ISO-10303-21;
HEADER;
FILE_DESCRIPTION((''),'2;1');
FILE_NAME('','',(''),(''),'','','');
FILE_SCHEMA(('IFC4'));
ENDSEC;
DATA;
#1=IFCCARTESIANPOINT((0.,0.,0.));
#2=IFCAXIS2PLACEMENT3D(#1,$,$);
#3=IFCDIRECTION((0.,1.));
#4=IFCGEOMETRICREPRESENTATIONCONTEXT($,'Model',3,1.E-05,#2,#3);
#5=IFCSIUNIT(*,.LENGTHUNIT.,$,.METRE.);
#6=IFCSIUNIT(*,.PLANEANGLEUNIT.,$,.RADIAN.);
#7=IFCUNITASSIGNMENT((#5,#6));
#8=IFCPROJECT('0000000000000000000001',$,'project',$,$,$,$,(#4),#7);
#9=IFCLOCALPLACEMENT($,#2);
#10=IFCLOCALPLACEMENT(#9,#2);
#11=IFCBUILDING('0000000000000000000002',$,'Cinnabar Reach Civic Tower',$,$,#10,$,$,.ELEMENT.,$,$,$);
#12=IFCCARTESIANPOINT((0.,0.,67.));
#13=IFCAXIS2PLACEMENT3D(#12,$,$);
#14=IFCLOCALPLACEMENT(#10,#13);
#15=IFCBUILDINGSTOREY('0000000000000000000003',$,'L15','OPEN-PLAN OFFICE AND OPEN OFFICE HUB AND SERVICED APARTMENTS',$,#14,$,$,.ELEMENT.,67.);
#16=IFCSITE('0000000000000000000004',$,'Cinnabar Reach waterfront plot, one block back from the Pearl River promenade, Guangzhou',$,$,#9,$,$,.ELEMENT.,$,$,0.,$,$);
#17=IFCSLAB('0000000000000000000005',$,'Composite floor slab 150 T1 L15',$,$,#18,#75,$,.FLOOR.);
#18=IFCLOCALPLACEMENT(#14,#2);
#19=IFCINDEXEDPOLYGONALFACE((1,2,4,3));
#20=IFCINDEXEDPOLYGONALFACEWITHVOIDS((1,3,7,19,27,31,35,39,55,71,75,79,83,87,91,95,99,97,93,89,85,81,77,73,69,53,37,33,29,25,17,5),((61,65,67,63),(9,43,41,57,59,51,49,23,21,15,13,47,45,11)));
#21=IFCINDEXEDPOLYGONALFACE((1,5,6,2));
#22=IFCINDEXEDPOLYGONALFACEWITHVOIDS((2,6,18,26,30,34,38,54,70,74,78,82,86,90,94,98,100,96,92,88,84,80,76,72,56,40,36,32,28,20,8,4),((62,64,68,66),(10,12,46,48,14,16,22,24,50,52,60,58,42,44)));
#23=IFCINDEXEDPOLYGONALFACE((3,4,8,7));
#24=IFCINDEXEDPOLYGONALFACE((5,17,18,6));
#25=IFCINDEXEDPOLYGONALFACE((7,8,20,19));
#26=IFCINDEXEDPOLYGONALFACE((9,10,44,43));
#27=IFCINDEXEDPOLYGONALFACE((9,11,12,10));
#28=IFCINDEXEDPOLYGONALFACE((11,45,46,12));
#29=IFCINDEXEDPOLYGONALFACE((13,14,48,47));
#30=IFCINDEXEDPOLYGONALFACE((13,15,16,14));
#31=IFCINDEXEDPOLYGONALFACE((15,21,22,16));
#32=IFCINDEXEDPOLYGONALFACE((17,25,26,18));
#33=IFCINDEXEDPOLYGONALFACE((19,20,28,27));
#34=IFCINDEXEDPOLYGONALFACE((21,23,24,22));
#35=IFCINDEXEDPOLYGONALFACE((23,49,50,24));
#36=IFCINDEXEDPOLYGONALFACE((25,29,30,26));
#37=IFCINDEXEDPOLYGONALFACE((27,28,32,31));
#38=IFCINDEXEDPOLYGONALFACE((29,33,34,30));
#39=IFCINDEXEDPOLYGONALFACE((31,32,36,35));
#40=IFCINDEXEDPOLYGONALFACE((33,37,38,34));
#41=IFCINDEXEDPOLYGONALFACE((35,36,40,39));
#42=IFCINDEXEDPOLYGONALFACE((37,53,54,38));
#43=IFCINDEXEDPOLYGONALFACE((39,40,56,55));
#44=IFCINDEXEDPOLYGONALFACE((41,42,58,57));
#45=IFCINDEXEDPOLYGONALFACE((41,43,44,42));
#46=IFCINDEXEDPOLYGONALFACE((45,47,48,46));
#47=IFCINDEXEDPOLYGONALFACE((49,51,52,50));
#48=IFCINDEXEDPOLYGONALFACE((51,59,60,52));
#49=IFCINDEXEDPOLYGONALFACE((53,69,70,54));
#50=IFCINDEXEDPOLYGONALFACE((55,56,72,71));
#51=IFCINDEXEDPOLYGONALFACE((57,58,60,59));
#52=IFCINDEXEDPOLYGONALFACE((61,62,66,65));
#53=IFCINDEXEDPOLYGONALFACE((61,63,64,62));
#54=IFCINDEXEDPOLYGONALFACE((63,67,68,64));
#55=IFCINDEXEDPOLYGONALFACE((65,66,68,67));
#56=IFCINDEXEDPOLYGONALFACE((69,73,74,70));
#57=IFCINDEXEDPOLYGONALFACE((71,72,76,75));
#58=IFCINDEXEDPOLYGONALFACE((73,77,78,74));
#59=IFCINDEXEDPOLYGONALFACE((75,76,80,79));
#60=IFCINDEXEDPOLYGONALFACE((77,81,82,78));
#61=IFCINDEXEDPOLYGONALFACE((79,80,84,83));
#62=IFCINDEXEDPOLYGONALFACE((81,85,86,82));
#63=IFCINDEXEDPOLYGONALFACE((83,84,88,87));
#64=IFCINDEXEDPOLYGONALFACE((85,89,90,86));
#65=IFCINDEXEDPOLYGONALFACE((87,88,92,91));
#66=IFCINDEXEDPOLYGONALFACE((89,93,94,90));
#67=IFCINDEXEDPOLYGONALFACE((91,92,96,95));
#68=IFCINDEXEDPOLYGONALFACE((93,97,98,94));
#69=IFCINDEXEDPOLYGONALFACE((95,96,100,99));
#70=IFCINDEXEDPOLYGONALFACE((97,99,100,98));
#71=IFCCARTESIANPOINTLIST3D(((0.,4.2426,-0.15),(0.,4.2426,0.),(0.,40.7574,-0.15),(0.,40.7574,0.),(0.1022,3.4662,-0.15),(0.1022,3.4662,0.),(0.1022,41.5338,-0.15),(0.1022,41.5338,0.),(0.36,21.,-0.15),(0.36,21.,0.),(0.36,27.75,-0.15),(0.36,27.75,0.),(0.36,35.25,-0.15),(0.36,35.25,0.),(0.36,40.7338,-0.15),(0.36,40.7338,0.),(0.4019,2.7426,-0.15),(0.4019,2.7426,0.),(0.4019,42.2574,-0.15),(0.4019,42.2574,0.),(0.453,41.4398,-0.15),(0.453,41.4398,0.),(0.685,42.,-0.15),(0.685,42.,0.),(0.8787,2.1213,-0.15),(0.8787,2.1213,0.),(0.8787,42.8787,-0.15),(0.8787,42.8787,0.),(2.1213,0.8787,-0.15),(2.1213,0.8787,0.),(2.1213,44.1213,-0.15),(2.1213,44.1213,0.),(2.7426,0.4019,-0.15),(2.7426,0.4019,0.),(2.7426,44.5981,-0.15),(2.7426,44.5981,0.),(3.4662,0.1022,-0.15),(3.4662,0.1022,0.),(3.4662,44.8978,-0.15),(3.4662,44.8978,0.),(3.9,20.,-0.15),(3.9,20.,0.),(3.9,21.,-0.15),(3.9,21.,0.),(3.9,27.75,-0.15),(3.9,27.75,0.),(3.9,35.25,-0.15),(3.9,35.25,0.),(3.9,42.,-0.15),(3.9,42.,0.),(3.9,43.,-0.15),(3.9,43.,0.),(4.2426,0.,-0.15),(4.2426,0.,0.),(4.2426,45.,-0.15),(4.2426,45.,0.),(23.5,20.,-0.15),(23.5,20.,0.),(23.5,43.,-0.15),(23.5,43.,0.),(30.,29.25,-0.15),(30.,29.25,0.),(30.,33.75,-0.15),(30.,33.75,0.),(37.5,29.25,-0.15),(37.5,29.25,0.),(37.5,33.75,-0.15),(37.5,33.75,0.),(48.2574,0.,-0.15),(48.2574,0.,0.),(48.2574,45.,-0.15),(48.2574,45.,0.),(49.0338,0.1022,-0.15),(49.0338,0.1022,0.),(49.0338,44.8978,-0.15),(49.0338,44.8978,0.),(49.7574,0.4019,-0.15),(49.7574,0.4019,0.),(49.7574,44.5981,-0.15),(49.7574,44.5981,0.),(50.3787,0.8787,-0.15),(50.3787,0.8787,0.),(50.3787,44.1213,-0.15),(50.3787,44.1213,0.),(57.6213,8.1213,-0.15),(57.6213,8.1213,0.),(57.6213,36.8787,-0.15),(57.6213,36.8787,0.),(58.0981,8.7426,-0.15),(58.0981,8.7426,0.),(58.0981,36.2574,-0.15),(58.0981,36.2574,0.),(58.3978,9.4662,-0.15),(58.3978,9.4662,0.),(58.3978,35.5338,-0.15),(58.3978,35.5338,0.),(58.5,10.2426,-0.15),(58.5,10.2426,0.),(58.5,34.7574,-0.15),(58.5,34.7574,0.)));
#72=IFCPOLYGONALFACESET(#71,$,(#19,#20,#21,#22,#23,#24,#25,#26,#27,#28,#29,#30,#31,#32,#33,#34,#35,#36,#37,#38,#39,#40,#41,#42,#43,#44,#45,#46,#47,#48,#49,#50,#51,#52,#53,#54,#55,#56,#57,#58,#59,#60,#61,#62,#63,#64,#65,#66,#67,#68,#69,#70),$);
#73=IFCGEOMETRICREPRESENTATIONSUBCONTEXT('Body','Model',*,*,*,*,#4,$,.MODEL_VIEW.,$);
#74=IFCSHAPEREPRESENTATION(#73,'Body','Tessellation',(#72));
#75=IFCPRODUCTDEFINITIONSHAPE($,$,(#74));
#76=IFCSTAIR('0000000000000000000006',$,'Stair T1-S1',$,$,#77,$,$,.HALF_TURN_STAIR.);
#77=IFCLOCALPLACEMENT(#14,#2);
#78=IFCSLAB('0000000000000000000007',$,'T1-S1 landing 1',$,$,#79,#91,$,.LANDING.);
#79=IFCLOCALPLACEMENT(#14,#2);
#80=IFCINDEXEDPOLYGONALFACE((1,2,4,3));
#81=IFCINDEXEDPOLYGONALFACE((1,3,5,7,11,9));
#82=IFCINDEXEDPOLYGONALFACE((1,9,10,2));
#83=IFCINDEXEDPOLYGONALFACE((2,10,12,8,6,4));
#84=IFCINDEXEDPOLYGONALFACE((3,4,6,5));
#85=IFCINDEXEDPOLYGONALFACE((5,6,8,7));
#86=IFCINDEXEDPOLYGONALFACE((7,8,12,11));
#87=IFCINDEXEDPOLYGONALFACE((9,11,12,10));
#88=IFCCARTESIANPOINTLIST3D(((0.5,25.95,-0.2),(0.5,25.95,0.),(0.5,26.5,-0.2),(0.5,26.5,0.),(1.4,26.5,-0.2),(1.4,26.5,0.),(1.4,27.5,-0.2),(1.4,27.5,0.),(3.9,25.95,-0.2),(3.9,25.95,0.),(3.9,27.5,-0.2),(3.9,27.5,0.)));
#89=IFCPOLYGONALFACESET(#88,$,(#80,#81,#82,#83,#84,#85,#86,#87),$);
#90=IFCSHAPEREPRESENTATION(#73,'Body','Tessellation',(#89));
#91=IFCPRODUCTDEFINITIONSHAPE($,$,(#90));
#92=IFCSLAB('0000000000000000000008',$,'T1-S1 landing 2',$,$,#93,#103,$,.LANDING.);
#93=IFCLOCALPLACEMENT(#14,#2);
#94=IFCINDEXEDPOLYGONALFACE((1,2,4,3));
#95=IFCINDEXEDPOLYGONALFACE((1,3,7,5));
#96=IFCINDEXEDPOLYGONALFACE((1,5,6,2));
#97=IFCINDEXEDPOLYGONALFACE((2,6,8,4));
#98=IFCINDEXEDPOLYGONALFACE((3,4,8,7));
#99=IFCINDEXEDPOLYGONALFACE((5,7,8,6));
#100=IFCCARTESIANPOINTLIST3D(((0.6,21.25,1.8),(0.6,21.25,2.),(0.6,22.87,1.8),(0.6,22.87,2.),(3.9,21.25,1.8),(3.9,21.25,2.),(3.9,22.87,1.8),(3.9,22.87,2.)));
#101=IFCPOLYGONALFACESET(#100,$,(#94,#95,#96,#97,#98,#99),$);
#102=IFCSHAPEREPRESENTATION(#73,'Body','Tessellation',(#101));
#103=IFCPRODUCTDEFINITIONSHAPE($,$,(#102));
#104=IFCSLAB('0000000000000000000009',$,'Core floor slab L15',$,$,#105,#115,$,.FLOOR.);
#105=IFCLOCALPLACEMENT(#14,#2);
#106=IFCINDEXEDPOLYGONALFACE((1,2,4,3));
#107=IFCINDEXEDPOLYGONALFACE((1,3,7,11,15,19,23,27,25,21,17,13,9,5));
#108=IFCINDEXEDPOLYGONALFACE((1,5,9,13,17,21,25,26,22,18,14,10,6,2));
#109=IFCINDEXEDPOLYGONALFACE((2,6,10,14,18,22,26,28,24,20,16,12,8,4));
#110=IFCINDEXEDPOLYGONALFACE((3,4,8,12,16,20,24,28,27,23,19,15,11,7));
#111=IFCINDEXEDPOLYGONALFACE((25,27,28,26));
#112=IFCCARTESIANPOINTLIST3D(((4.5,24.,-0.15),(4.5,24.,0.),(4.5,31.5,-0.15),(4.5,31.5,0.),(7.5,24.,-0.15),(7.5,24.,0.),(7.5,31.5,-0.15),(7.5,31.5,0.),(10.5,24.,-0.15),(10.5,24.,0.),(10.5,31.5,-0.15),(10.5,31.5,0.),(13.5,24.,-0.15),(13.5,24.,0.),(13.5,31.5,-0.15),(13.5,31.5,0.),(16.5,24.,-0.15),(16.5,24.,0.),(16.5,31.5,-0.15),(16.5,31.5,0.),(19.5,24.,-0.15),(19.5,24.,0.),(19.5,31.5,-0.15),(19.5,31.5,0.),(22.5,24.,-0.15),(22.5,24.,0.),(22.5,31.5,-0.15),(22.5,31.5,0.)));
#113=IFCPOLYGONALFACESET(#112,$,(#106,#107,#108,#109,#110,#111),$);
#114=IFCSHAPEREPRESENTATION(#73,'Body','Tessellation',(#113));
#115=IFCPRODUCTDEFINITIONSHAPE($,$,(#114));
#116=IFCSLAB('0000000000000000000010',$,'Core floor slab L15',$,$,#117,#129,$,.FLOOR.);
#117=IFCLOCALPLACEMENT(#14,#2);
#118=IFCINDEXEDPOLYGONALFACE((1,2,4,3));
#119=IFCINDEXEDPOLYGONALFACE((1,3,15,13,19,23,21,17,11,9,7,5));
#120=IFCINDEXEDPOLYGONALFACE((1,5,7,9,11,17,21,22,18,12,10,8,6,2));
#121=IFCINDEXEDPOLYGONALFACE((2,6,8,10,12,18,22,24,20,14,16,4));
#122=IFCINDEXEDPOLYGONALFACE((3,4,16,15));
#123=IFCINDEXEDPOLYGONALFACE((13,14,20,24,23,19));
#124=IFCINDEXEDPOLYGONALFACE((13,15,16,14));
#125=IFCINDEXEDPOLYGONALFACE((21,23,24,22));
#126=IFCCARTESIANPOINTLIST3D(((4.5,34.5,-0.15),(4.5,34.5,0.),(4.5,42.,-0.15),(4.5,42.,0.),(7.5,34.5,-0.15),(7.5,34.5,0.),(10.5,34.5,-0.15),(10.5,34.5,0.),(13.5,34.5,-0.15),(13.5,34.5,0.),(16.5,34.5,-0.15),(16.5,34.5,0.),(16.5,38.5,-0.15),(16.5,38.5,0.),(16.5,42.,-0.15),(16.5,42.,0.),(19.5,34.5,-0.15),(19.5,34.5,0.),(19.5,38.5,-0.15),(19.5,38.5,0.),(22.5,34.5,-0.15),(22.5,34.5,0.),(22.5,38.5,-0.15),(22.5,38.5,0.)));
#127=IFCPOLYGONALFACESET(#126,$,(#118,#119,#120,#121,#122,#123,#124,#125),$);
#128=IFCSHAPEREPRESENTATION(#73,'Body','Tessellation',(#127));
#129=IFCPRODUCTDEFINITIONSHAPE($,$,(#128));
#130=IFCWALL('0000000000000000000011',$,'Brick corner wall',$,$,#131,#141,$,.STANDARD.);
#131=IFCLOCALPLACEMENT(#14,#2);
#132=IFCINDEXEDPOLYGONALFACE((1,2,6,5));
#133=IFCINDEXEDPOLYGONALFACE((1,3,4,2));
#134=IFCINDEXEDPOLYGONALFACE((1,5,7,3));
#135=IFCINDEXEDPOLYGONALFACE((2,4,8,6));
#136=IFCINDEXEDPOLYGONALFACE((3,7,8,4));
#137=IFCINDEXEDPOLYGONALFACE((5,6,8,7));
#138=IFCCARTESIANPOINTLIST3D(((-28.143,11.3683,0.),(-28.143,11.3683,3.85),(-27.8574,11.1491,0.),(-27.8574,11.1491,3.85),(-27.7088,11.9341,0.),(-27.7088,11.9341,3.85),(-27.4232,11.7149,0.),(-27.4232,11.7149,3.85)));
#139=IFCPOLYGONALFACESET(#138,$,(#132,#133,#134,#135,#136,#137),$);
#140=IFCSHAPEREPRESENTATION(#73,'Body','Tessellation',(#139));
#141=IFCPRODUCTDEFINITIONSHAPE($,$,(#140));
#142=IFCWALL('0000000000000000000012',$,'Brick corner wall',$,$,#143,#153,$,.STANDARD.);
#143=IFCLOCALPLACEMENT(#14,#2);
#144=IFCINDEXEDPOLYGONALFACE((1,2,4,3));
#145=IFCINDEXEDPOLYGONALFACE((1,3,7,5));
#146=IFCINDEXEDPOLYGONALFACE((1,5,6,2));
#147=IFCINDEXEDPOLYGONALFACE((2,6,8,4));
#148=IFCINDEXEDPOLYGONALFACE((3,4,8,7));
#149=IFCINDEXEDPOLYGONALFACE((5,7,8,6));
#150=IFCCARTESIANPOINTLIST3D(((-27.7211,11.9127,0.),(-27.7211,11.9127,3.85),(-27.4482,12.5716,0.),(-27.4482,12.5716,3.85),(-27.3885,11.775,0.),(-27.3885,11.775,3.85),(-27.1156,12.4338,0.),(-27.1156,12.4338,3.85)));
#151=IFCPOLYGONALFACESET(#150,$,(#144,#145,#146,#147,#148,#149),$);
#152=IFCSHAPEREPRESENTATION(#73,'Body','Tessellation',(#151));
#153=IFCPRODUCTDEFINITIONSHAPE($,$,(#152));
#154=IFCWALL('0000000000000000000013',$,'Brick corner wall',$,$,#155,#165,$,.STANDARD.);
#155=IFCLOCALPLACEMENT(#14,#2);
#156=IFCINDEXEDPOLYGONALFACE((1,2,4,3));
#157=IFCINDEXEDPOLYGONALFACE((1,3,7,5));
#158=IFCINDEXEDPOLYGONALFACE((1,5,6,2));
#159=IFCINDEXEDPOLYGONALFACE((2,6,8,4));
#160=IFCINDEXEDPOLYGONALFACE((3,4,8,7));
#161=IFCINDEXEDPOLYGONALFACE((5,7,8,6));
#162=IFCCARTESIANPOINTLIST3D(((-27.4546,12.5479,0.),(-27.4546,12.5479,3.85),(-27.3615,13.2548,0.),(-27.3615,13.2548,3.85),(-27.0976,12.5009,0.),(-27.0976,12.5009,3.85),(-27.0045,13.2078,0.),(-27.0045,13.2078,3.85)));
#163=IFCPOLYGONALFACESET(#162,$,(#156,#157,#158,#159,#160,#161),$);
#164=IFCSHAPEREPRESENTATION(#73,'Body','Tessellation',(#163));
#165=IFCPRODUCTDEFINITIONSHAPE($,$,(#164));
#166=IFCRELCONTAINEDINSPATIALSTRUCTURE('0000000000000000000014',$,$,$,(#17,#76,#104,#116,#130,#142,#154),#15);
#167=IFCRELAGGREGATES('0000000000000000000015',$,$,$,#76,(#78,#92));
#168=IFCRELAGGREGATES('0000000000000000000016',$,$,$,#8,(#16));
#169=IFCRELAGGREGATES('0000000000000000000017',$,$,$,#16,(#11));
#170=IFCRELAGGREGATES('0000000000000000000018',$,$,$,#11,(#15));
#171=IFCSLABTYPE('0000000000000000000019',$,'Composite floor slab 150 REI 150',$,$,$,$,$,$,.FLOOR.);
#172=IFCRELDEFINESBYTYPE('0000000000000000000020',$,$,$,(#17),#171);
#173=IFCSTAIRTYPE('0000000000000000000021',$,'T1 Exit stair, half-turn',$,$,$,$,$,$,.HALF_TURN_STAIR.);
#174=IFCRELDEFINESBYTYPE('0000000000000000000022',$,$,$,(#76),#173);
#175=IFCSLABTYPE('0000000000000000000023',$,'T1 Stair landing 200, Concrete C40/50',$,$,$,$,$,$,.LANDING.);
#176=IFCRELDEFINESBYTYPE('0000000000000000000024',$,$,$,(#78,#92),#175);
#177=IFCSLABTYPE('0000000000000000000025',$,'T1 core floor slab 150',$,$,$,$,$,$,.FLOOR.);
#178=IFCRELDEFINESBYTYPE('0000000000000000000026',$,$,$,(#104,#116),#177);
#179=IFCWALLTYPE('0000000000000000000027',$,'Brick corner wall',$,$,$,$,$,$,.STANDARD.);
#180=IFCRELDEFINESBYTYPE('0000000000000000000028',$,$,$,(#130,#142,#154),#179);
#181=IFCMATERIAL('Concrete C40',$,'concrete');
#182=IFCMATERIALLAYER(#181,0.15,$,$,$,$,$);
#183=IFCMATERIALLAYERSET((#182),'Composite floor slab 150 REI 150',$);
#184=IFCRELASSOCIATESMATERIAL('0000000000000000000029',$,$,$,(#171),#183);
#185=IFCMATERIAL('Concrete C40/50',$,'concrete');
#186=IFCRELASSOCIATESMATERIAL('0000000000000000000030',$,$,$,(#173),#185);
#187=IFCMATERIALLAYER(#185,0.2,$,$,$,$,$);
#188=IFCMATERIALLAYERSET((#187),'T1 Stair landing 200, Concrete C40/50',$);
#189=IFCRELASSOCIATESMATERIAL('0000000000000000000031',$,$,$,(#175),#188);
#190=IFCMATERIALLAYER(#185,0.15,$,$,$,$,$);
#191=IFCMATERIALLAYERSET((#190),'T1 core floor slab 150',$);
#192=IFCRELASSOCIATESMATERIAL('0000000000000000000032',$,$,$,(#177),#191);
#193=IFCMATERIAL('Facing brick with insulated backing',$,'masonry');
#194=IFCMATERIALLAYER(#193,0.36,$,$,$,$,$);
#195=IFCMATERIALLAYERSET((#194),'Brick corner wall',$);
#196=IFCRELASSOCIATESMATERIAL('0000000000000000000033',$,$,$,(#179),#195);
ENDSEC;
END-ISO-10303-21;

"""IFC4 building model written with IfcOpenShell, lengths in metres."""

from ifc_helpers import new_model, si_unit, direction, frame, frame_2d, origin, place, context, subcontext, project, spatial, polyline, rectangle, outline, extrude, material, layer, layer_set, type_object, element, aggregate, save


model = new_model("IFC4")

# Units and contexts
model_context = context("Model", 3, precision=1e-05, world=origin(), true_north=direction((0.0, 1.0)))
body_context = subcontext(model_context, "Body", "Model", "MODEL_VIEW")
ifc_project = project(units=[si_unit("LENGTHUNIT", "METRE"), si_unit("PLANEANGLEUNIT", "RADIAN")], contexts=[model_context])

# Site, building, storey
site_placement = place(None, origin())
site = spatial("IfcSite", under=ifc_project, at=site_placement, Name="Cinnabar Reach waterfront plot, one block back from the Pearl River promenade, Guangzhou", CompositionType="ELEMENT", RefElevation=0.0)
building_placement = place(site_placement, origin())
building = spatial("IfcBuilding", under=site, at=building_placement, Name="Cinnabar Reach Civic Tower", CompositionType="ELEMENT")
storey_placement = place(building_placement, frame((0.0, 0.0, 67.0)))
storey = spatial("IfcBuildingStorey", under=building, at=storey_placement, Name="L15", Description="OPEN-PLAN OFFICE AND OPEN OFFICE HUB AND SERVICED APARTMENTS", CompositionType="ELEMENT", Elevation=67.0)

# Shared definitions
ifc_material_1 = material(Name="Concrete C40", Category="concrete")

# Slab
ifc_layer_1 = layer(ifc_material_1, 0.15)
ifc_layer_set_1 = layer_set([ifc_layer_1], Name="Composite floor slab 150 REI 150")
slab_type_1 = type_object("IfcSlabType", Name="Composite floor slab 150 REI 150", PredefinedType="FLOOR", material=ifc_layer_set_1)
slab_1_placement = place(storey_placement, frame((0.0, 0.0, -0.15)))
element("IfcSlab", 1, at=slab_1_placement, inside=storey, type_object=slab_type_1, Name="Composite floor slab 150 T1 L15", PredefinedType="FLOOR", context=body_context, shape_type="SweptSolid", body=[
    extrude(outline(polyline([(0.8787, 2.1213), (0.4019, 2.7426), (0.1022, 3.4662), (0.0, 4.2426), (0.0, 40.7574), (0.1022, 41.5338), (0.4019, 42.2574), (0.8787, 42.8787), (2.1213, 44.1213), (2.7426, 44.5981), (3.4662, 44.8978), (4.2426, 45.0), (48.2574, 45.0), (49.0338, 44.8978), (49.7574, 44.5981), (50.3787, 44.1213), (57.6213, 36.8787), (58.0981, 36.2574), (58.3978, 35.5338), (58.5, 34.7574), (58.5, 10.2426), (58.3978, 9.4662), (58.0981, 8.7426), (57.6213, 8.1213), (50.3787, 0.8787), (49.7574, 0.4019), (49.0338, 0.1022), (48.2574, 0.0), (4.2426, 0.0), (3.4662, 0.1022), (2.7426, 0.4019), (2.1213, 0.8787), (0.8787, 2.1213)]), holes=[polyline([(0.36, 21.0), (3.9, 21.0), (3.9, 20.0), (23.5, 20.0), (23.5, 43.0), (3.9, 43.0), (3.9, 42.0), (0.685, 42.0), (0.453, 41.4398), (0.36, 40.7338), (0.36, 35.25), (3.9, 35.25), (3.9, 27.75), (0.36, 27.75), (0.36, 21.0)]), polyline([(30.0, 33.75), (30.0, 29.25), (37.5, 29.25), (37.5, 33.75), (30.0, 33.75)])]), origin(), (0.0, 0.0, 1.0), 0.15),
])

# Stair, slabs
ifc_material_2 = material(Name="Concrete C40/50", Category="concrete")
stair_type = type_object("IfcStairType", Name="T1 Exit stair, half-turn", PredefinedType="HALF_TURN_STAIR", material=ifc_material_2)
stair_placement = place(storey_placement, origin())
stair = element("IfcStair", 2, at=stair_placement, inside=storey, type_object=stair_type, Name="Stair T1-S1", PredefinedType="HALF_TURN_STAIR")
ifc_layer_2 = layer(ifc_material_2, 0.2)
ifc_layer_set_2 = layer_set([ifc_layer_2], Name="T1 Stair landing 200, Concrete C40/50")
slab_type_2 = type_object("IfcSlabType", Name="T1 Stair landing 200, Concrete C40/50", PredefinedType="LANDING", material=ifc_layer_set_2)
slab_2_placement = place(storey_placement, frame((0.0, 0.0, -0.2)))
slab_2 = element("IfcSlab", 3, at=slab_2_placement, type_object=slab_type_2, Name="T1-S1 landing 1", PredefinedType="LANDING", context=body_context, shape_type="SweptSolid", body=[
    extrude(outline(polyline([(3.9, 27.5), (3.9, 25.95), (0.5, 25.95), (0.5, 26.5), (1.4, 26.5), (1.4, 27.5), (3.9, 27.5)])), origin(), (0.0, 0.0, 1.0), 0.2),
])
slab_3_placement = place(storey_placement, frame((0.0, 0.0, 1.8)))
slab_3 = element("IfcSlab", 4, at=slab_3_placement, type_object=slab_type_2, Name="T1-S1 landing 2", PredefinedType="LANDING", context=body_context, shape_type="SweptSolid", body=[
    extrude(outline(polyline([(0.6, 21.25), (0.6, 22.87), (3.9, 22.87), (3.9, 21.25), (0.6, 21.25)])), origin(), (0.0, 0.0, 1.0), 0.2),
])
aggregate(stair, [slab_2, slab_3])

# Slabs
ifc_layer_3 = layer(ifc_material_2, 0.15)
ifc_layer_set_3 = layer_set([ifc_layer_3], Name="T1 core floor slab 150")
slab_type_3 = type_object("IfcSlabType", Name="T1 core floor slab 150", PredefinedType="FLOOR", material=ifc_layer_set_3)
slab_4_placement = place(storey_placement, frame((0.0, 0.0, -0.15)))
element("IfcSlab", 5, at=slab_4_placement, inside=storey, type_object=slab_type_3, Name="Core floor slab L15", PredefinedType="FLOOR", context=body_context, shape_type="SweptSolid", body=[
    extrude(outline(polyline([(22.5, 24.0), (19.5, 24.0), (16.5, 24.0), (13.5, 24.0), (10.5, 24.0), (7.5, 24.0), (4.5, 24.0), (4.5, 31.5), (7.5, 31.5), (10.5, 31.5), (13.5, 31.5), (16.5, 31.5), (19.5, 31.5), (22.5, 31.5), (22.5, 24.0)])), origin(), (0.0, 0.0, 1.0), 0.15),
])
slab_5_placement = place(storey_placement, frame((0.0, 0.0, -0.15)))
element("IfcSlab", 6, at=slab_5_placement, inside=storey, type_object=slab_type_3, Name="Core floor slab L15", PredefinedType="FLOOR", context=body_context, shape_type="SweptSolid", body=[
    extrude(outline(polyline([(22.5, 34.5), (19.5, 34.5), (16.5, 34.5), (13.5, 34.5), (10.5, 34.5), (7.5, 34.5), (4.5, 34.5), (4.5, 42.0), (16.5, 42.0), (16.5, 38.5), (19.5, 38.5), (22.5, 38.5), (22.5, 34.5)])), origin(), (0.0, 0.0, 1.0), 0.15),
])

# Walls
ifc_material_3 = material(Name="Facing brick with insulated backing", Category="masonry")
ifc_layer_4 = layer(ifc_material_3, 0.36)
ifc_layer_set_4 = layer_set([ifc_layer_4], Name="Brick corner wall")
wall_type_1 = type_object("IfcWallType", Name="Brick corner wall", PredefinedType="STANDARD", material=ifc_layer_set_4)
wall_1_placement = place(storey_placement, frame((-28.0002, 11.2587, 0.0), z_axis=(0.0, 0.0, 1.0), x_axis=(0.608802, 0.793322, 0.0)))
element("IfcWall", 7, at=wall_1_placement, inside=storey, type_object=wall_type_1, Name="Brick corner wall", PredefinedType="STANDARD", context=body_context, shape_type="SweptSolid", body=[
    extrude(rectangle(XDim=0.7132, YDim=0.36, at=frame_2d((0.3566, 0.0))), origin(), (0.0, 0.0, 1.0), 3.85),
])
for number, where, z_axis, x_axis, name in (
    (8, (-27.5548, 11.8439, 0.0), (0.0, 0.0, 1.0), (0.382703, 0.923872, 0.0), "Brick corner wall"),
    (9, (-27.2761, 12.5244, 0.0), (0.0, 0.0, 1.0), (0.130556, 0.991441, 0.0), "Brick corner wall"),
):
    element("IfcWall", number, at=place(storey_placement, frame(where, z_axis=z_axis, x_axis=x_axis)), inside=storey, type_object=wall_type_1, Name=name, PredefinedType="STANDARD", context=body_context, shape_type="SweptSolid", body=[
        extrude(rectangle(XDim=0.7131, YDim=0.36, at=frame_2d((0.3565, 0.0))), origin(), (0.0, 0.0, 1.0), 3.85),
    ])

save(model, "model.ifc")
